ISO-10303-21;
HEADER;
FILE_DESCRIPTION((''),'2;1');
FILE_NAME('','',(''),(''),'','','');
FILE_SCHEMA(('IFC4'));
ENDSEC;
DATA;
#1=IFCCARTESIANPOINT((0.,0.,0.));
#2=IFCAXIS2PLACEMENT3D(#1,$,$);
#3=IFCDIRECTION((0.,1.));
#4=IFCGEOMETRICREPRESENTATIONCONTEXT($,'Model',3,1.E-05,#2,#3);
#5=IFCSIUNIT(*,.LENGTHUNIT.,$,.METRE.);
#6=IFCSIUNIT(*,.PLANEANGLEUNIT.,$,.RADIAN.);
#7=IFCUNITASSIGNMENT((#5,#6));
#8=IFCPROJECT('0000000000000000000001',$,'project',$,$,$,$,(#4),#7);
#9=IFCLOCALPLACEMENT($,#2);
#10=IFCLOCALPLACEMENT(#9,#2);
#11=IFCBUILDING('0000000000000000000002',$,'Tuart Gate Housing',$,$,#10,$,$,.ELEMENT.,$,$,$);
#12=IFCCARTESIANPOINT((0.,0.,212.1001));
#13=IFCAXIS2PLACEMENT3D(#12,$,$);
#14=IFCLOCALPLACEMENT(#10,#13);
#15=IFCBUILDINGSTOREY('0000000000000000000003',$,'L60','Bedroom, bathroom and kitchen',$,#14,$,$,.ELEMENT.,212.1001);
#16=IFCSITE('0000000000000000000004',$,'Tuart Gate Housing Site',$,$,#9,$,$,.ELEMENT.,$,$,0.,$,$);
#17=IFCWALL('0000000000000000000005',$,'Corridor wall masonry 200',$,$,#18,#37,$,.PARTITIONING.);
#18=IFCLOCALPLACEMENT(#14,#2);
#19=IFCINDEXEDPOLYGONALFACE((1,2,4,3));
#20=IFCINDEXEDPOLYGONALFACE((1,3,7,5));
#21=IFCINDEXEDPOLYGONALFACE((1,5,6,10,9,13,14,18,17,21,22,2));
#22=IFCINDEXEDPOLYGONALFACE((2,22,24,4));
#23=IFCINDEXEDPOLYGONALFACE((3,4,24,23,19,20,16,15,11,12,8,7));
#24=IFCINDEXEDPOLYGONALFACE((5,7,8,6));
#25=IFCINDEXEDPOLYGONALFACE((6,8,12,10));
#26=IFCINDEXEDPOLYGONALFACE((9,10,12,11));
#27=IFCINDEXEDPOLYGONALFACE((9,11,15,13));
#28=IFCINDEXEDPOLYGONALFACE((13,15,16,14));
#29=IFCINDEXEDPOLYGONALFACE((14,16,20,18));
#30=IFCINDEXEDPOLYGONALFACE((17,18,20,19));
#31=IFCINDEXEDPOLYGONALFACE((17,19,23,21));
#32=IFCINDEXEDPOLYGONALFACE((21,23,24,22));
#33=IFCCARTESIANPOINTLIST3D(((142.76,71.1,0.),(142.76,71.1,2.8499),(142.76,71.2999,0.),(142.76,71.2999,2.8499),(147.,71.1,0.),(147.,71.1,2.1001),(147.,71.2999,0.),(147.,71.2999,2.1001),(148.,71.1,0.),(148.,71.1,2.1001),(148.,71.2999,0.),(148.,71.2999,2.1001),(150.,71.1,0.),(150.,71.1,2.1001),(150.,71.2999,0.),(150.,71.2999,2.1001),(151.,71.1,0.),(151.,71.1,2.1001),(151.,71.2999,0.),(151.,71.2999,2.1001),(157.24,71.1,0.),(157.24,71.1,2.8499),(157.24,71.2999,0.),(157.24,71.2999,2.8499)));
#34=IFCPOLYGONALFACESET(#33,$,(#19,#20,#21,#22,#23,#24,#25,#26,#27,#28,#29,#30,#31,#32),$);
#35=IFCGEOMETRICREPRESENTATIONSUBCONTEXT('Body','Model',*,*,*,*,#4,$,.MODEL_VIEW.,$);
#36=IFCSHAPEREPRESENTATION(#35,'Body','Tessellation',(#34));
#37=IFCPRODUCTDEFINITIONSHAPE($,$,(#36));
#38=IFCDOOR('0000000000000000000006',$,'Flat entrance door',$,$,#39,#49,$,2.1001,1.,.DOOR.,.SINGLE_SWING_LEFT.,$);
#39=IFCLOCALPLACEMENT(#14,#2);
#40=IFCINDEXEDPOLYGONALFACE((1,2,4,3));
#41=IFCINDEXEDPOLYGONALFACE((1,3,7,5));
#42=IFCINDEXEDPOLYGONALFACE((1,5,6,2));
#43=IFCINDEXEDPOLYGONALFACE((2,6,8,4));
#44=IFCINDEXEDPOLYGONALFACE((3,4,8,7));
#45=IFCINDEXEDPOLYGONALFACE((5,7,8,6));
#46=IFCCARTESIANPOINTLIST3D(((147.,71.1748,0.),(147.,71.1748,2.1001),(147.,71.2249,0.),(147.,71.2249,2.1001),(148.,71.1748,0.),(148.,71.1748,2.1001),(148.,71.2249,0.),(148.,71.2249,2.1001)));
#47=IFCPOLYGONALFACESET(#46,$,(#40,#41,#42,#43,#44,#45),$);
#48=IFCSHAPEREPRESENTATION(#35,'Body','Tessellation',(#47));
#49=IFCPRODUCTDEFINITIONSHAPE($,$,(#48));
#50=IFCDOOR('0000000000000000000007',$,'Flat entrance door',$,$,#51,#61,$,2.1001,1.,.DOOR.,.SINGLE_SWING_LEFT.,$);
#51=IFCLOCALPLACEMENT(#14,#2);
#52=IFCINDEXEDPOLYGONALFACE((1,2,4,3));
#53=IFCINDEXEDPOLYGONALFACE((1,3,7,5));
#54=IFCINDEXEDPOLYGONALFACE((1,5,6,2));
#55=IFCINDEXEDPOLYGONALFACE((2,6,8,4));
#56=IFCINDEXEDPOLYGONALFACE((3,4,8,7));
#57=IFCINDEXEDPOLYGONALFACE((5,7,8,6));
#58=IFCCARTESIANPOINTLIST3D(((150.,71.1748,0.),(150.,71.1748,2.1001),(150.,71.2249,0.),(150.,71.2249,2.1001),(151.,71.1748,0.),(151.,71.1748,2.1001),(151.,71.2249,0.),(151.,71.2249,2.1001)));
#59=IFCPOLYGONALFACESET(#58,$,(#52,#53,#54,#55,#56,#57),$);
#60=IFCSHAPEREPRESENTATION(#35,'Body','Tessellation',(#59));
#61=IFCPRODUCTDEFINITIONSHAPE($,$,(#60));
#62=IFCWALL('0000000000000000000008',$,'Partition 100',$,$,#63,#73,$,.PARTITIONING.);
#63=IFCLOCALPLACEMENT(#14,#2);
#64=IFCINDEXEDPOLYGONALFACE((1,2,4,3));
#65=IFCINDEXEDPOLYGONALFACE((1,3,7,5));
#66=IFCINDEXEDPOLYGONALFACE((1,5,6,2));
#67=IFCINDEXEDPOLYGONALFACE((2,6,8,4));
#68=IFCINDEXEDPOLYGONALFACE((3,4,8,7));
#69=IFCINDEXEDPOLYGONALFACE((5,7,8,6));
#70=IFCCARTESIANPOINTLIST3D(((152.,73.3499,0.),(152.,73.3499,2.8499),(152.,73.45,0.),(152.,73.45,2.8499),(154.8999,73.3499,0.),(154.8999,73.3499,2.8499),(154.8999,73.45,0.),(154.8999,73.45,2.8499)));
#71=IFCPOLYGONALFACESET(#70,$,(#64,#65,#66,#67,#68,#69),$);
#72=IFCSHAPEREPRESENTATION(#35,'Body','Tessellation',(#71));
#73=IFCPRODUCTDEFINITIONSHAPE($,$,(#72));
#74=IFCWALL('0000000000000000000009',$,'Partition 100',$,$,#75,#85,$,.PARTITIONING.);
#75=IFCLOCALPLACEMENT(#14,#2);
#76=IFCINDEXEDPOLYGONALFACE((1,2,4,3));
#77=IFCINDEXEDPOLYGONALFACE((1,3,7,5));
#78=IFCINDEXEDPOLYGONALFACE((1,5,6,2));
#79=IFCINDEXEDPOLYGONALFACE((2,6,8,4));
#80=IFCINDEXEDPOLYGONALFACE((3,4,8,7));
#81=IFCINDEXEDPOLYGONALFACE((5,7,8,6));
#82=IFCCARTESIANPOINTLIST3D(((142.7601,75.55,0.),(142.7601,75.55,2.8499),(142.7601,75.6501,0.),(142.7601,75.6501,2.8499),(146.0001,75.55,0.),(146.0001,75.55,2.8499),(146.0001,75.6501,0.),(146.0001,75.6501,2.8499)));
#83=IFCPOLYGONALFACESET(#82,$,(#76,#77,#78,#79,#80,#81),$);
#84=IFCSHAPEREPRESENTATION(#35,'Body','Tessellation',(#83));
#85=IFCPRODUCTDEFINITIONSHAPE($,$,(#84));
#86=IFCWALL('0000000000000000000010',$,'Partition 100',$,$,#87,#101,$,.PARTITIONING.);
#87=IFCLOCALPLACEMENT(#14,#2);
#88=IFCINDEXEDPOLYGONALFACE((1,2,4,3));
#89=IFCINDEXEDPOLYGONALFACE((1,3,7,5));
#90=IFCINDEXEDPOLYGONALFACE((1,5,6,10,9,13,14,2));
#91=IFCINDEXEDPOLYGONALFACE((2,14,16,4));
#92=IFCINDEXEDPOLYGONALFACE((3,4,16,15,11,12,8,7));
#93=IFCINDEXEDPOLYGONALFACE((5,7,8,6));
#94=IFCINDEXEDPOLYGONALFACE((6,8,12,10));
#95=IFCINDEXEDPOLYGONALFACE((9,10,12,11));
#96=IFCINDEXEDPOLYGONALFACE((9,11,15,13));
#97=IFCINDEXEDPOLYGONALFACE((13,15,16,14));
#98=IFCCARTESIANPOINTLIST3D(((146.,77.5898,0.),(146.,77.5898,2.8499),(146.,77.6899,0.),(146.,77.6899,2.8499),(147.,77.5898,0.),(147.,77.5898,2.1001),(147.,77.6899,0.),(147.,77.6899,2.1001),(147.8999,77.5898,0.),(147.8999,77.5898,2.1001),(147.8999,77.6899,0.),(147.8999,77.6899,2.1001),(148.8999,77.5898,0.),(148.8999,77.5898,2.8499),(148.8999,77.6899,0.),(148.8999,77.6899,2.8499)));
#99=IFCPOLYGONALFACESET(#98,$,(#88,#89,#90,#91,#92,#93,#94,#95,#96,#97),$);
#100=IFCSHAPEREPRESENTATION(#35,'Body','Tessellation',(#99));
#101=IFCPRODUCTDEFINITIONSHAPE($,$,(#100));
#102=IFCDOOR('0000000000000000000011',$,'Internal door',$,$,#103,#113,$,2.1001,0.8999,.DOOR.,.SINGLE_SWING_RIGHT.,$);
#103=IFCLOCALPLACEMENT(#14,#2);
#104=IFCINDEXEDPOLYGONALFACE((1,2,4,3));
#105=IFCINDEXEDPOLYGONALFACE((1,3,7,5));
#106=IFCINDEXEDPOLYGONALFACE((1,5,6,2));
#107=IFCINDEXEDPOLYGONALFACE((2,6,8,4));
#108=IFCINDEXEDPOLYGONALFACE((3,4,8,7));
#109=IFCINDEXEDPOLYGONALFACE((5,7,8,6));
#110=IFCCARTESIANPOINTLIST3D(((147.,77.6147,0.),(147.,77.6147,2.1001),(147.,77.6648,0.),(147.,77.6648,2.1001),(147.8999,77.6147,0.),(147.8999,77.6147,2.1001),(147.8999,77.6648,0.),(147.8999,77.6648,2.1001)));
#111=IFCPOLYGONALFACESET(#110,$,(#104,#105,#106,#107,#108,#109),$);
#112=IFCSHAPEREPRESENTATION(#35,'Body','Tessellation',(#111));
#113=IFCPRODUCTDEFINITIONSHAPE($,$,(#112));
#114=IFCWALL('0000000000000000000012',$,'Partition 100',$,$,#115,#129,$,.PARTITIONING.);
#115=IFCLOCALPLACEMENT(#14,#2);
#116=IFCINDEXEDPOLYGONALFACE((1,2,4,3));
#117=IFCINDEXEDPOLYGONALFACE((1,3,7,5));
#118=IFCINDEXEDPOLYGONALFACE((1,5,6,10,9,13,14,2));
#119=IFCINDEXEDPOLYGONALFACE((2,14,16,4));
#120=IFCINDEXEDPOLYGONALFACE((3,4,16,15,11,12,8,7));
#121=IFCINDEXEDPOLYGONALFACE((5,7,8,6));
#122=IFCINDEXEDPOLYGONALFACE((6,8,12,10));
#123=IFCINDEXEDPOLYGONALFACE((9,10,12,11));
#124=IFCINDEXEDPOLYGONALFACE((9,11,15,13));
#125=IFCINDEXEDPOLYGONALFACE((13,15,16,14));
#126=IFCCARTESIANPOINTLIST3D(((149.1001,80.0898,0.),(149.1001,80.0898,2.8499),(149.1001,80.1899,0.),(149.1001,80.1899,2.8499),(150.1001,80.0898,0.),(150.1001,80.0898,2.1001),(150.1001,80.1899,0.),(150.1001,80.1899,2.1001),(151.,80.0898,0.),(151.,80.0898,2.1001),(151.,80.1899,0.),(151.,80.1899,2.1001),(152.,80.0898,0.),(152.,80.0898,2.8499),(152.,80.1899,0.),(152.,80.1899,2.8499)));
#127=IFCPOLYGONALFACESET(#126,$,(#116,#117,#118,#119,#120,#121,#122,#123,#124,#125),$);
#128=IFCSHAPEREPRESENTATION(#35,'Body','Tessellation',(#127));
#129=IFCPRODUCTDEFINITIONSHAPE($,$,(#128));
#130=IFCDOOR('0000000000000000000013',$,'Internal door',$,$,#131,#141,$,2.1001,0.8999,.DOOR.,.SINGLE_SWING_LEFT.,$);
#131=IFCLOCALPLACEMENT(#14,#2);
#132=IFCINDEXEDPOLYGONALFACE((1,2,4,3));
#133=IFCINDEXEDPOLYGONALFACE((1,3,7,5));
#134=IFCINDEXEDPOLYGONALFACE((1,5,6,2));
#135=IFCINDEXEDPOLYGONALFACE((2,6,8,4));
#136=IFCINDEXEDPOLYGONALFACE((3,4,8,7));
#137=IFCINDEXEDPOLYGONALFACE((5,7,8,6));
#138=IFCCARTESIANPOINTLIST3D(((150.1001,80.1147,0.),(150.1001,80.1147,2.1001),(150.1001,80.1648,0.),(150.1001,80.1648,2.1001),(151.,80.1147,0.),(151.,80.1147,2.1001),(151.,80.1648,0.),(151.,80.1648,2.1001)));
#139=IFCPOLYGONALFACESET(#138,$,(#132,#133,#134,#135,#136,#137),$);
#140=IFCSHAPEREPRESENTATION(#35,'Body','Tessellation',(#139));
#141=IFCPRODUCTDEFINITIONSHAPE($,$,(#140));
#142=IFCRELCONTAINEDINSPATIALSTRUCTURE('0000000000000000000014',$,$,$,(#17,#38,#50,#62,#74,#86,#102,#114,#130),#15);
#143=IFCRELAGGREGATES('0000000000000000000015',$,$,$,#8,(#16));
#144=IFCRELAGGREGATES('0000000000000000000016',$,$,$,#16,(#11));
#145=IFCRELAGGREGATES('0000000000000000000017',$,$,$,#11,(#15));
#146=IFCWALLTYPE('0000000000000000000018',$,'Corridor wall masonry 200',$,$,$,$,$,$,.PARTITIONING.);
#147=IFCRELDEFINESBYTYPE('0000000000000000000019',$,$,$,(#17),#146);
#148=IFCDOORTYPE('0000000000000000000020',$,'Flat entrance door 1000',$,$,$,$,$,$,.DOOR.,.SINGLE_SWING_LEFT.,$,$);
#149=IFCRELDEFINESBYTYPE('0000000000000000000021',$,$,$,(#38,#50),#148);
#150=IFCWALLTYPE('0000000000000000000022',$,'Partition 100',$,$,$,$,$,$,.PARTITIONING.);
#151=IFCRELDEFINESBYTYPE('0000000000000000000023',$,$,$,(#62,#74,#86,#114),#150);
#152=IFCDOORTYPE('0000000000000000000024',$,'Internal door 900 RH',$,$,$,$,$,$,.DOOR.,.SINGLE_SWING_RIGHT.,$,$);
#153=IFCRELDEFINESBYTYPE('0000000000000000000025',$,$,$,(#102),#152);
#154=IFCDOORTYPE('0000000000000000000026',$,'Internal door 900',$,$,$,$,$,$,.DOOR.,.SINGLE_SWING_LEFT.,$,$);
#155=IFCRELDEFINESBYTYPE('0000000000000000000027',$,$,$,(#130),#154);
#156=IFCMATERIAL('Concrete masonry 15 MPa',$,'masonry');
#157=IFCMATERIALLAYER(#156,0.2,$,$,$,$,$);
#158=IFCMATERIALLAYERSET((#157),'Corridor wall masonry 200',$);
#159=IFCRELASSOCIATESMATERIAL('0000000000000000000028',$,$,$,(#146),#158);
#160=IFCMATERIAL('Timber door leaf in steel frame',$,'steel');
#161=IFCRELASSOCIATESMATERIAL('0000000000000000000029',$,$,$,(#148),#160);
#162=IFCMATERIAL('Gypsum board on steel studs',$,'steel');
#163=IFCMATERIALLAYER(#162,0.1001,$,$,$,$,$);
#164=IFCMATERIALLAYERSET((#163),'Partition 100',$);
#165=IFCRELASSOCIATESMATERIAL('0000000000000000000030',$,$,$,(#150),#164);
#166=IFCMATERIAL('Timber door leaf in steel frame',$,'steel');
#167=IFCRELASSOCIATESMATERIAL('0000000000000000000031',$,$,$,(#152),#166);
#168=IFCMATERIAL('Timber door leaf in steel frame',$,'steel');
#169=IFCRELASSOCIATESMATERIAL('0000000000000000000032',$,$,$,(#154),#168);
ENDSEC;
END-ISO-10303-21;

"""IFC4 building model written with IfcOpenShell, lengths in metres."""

from ifc_helpers import new_model, si_unit, direction, frame, frame_2d, origin, place, context, subcontext, project, spatial, rectangle, extrude, material, layer, layer_set, type_object, element, fill, save


model = new_model("IFC4")

# Units and contexts
model_context = context("Model", 3, precision=1e-05, world=origin(), true_north=direction((0.0, 1.0)))
body_context = subcontext(model_context, "Body", "Model", "MODEL_VIEW")
ifc_project = project(units=[si_unit("LENGTHUNIT", "METRE"), si_unit("PLANEANGLEUNIT", "RADIAN")], contexts=[model_context])

# Site, building, storey
site_placement = place(None, origin())
site = spatial("IfcSite", under=ifc_project, at=site_placement, Name="Tuart Gate Housing Site", CompositionType="ELEMENT", RefElevation=0.0)
building_placement = place(site_placement, origin())
building = spatial("IfcBuilding", under=site, at=building_placement, Name="Tuart Gate Housing", CompositionType="ELEMENT")
storey_placement = place(building_placement, frame((0.0, 0.0, 212.1001)))
storey = spatial("IfcBuildingStorey", under=building, at=storey_placement, Name="L60", Description="Bedroom, bathroom and kitchen", CompositionType="ELEMENT", Elevation=212.1001)

# Wall, openings, doors
ifc_material_1 = material(Name="Concrete masonry 15 MPa", Category="masonry")
ifc_layer_1 = layer(ifc_material_1, 0.2)
ifc_layer_set_1 = layer_set([ifc_layer_1], Name="Corridor wall masonry 200")
wall_type_1 = type_object("IfcWallType", Name="Corridor wall masonry 200", PredefinedType="PARTITIONING", material=ifc_layer_set_1)
wall_1_placement = place(storey_placement, frame((142.76, 71.2, 0.0), z_axis=(0.0, 0.0, 1.0), x_axis=(1.0, 0.0, 0.0)))
wall_1 = element("IfcWall", 1, at=wall_1_placement, inside=storey, type_object=wall_type_1, Name="Corridor wall masonry 200", PredefinedType="PARTITIONING", context=body_context, shape_type="SweptSolid", body=[
    extrude(rectangle(XDim=14.48, YDim=0.2, at=frame_2d((7.24, 0.0))), origin(), (0.0, 0.0, 1.0), 2.8499),
])
opening_1_placement = place(wall_1_placement, frame((4.24, 0.0, 0.0)))
opening_1 = element("IfcOpeningElement", 2, at=opening_1_placement, cuts=wall_1, PredefinedType="OPENING", context=body_context, shape_type="SweptSolid", body=[
    extrude(rectangle(XDim=1.0, YDim=2.1001, at=frame_2d((0.5, 1.05))), frame((0.0, 0.1099, 0.0), z_axis=(0.0, -1.0, 0.0), x_axis=(1.0, 0.0, 0.0)), (0.0, 0.0, 1.0), 0.22),
])
opening_2_placement = place(wall_1_placement, frame((7.24, 0.0, 0.0)))
opening_2 = element("IfcOpeningElement", 3, at=opening_2_placement, cuts=wall_1, PredefinedType="OPENING", context=body_context, shape_type="SweptSolid", body=[
    extrude(rectangle(XDim=1.0, YDim=2.1001, at=frame_2d((0.5, 1.05))), frame((0.0, 0.1099, 0.0), z_axis=(0.0, -1.0, 0.0), x_axis=(1.0, 0.0, 0.0)), (0.0, 0.0, 1.0), 0.22),
])
ifc_material_2 = material(Name="Timber door leaf in steel frame", Category="steel")
door_type_1 = type_object("IfcDoorType", Name="Flat entrance door 1000", OperationType="SINGLE_SWING_LEFT", PredefinedType="DOOR", material=ifc_material_2)
door_1_placement = place(opening_1_placement, origin())
door_1 = element("IfcDoor", 4, at=door_1_placement, inside=storey, type_object=door_type_1, Name="Flat entrance door", OperationType="SINGLE_SWING_LEFT", OverallHeight=2.1001, OverallWidth=1.0, PredefinedType="DOOR", context=body_context, shape_type="SweptSolid", body=[
    extrude(rectangle(XDim=1.0, YDim=2.1001, at=frame_2d((0.5, 1.05))), frame((0.0, 0.0249, 0.0), z_axis=(0.0, -1.0, 0.0), x_axis=(1.0, 0.0, 0.0)), (0.0, 0.0, 1.0), 0.05),
])
fill(opening_1, door_1)
door_2_placement = place(opening_2_placement, origin())
door_2 = element("IfcDoor", 5, at=door_2_placement, inside=storey, type_object=door_type_1, Name="Flat entrance door", OperationType="SINGLE_SWING_LEFT", OverallHeight=2.1001, OverallWidth=1.0, PredefinedType="DOOR", context=body_context, shape_type="SweptSolid", body=[
    extrude(rectangle(XDim=1.0, YDim=2.1001, at=frame_2d((0.5, 1.05))), frame((0.0, 0.0249, 0.0), z_axis=(0.0, -1.0, 0.0), x_axis=(1.0, 0.0, 0.0)), (0.0, 0.0, 1.0), 0.05),
])
fill(opening_2, door_2)

# Walls
ifc_material_3 = material(Name="Gypsum board on steel studs", Category="steel")
ifc_layer_2 = layer(ifc_material_3, 0.1001)
ifc_layer_set_2 = layer_set([ifc_layer_2], Name="Partition 100")
wall_type_2 = type_object("IfcWallType", Name="Partition 100", PredefinedType="PARTITIONING", material=ifc_layer_set_2)
wall_2_placement = place(storey_placement, frame((152.0, 73.3999, 0.0), z_axis=(0.0, 0.0, 1.0), x_axis=(1.0, 0.0, 0.0)))
element("IfcWall", 6, at=wall_2_placement, inside=storey, type_object=wall_type_2, Name="Partition 100", PredefinedType="PARTITIONING", context=body_context, shape_type="SweptSolid", body=[
    extrude(rectangle(XDim=2.8999, YDim=0.1001, at=frame_2d((1.45, 0.0))), origin(), (0.0, 0.0, 1.0), 2.8499),
])
wall_3_placement = place(storey_placement, frame((142.76, 75.6001, 0.0), z_axis=(0.0, 0.0, 1.0), x_axis=(1.0, 0.0, 0.0)))
element("IfcWall", 7, at=wall_3_placement, inside=storey, type_object=wall_type_2, Name="Partition 100", PredefinedType="PARTITIONING", context=body_context, shape_type="SweptSolid", body=[
    extrude(rectangle(XDim=3.24, YDim=0.1001, at=frame_2d((1.6201, 0.0))), origin(), (0.0, 0.0, 1.0), 2.8499),
])

# Walls, openings, doors
wall_4_placement = place(storey_placement, frame((146.0, 77.6399, 0.0), z_axis=(0.0, 0.0, 1.0), x_axis=(1.0, 0.0, 0.0)))
wall_4 = element("IfcWall", 8, at=wall_4_placement, inside=storey, type_object=wall_type_2, Name="Partition 100", PredefinedType="PARTITIONING", context=body_context, shape_type="SweptSolid", body=[
    extrude(rectangle(XDim=2.8999, YDim=0.1001, at=frame_2d((1.45, 0.0))), origin(), (0.0, 0.0, 1.0), 2.8499),
])
opening_3_placement = place(wall_4_placement, frame((1.0, 0.0, 0.0)))
opening_3 = element("IfcOpeningElement", 9, at=opening_3_placement, cuts=wall_4, PredefinedType="OPENING", context=body_context, shape_type="SweptSolid", body=[
    extrude(rectangle(XDim=0.8999, YDim=2.1001, at=frame_2d((0.45, 1.05))), frame((0.0, 0.0601, 0.0), z_axis=(0.0, -1.0, 0.0), x_axis=(1.0, 0.0, 0.0)), (0.0, 0.0, 1.0), 0.1201),
])
ifc_material_4 = material(Name="Timber door leaf in steel frame", Category="steel")
door_type_2 = type_object("IfcDoorType", Name="Internal door 900 RH", OperationType="SINGLE_SWING_RIGHT", PredefinedType="DOOR", material=ifc_material_4)
door_3_placement = place(opening_3_placement, frame((0.8999, 0.0, 0.0), z_axis=(0.0, 0.0, 1.0), x_axis=(-1.0, 0.0, 0.0)))
door_3 = element("IfcDoor", 10, at=door_3_placement, inside=storey, type_object=door_type_2, Name="Internal door", OperationType="SINGLE_SWING_RIGHT", OverallHeight=2.1001, OverallWidth=0.8999, PredefinedType="DOOR", context=body_context, shape_type="SweptSolid", body=[
    extrude(rectangle(XDim=0.8999, YDim=2.1001, at=frame_2d((0.45, 1.05))), frame((0.0, 0.0251, 0.0), z_axis=(0.0, -1.0, 0.0), x_axis=(1.0, 0.0, 0.0)), (0.0, 0.0, 1.0), 0.05),
])
fill(opening_3, door_3)
wall_5_placement = place(storey_placement, frame((149.1001, 80.1399, 0.0), z_axis=(0.0, 0.0, 1.0), x_axis=(1.0, 0.0, 0.0)))
wall_5 = element("IfcWall", 11, at=wall_5_placement, inside=storey, type_object=wall_type_2, Name="Partition 100", PredefinedType="PARTITIONING", context=body_context, shape_type="SweptSolid", body=[
    extrude(rectangle(XDim=2.8999, YDim=0.1001, at=frame_2d((1.45, 0.0))), origin(), (0.0, 0.0, 1.0), 2.8499),
])
opening_4_placement = place(wall_5_placement, frame((1.0, 0.0, 0.0)))
opening_4 = element("IfcOpeningElement", 12, at=opening_4_placement, cuts=wall_5, PredefinedType="OPENING", context=body_context, shape_type="SweptSolid", body=[
    extrude(rectangle(XDim=0.8999, YDim=2.1001, at=frame_2d((0.45, 1.05))), frame((0.0, 0.0601, 0.0), z_axis=(0.0, -1.0, 0.0), x_axis=(1.0, 0.0, 0.0)), (0.0, 0.0, 1.0), 0.1201),
])
ifc_material_5 = material(Name="Timber door leaf in steel frame", Category="steel")
door_type_3 = type_object("IfcDoorType", Name="Internal door 900", OperationType="SINGLE_SWING_LEFT", PredefinedType="DOOR", material=ifc_material_5)
door_4_placement = place(opening_4_placement, frame((0.8999, 0.0, 0.0), z_axis=(0.0, 0.0, 1.0), x_axis=(-1.0, 0.0, 0.0)))
door_4 = element("IfcDoor", 13, at=door_4_placement, inside=storey, type_object=door_type_3, Name="Internal door", OperationType="SINGLE_SWING_LEFT", OverallHeight=2.1001, OverallWidth=0.8999, PredefinedType="DOOR", context=body_context, shape_type="SweptSolid", body=[
    extrude(rectangle(XDim=0.8999, YDim=2.1001, at=frame_2d((0.45, 1.05))), frame((0.0, 0.0251, 0.0), z_axis=(0.0, -1.0, 0.0), x_axis=(1.0, 0.0, 0.0)), (0.0, 0.0, 1.0), 0.05),
])
fill(opening_4, door_4)

save(model, "model.ifc")
